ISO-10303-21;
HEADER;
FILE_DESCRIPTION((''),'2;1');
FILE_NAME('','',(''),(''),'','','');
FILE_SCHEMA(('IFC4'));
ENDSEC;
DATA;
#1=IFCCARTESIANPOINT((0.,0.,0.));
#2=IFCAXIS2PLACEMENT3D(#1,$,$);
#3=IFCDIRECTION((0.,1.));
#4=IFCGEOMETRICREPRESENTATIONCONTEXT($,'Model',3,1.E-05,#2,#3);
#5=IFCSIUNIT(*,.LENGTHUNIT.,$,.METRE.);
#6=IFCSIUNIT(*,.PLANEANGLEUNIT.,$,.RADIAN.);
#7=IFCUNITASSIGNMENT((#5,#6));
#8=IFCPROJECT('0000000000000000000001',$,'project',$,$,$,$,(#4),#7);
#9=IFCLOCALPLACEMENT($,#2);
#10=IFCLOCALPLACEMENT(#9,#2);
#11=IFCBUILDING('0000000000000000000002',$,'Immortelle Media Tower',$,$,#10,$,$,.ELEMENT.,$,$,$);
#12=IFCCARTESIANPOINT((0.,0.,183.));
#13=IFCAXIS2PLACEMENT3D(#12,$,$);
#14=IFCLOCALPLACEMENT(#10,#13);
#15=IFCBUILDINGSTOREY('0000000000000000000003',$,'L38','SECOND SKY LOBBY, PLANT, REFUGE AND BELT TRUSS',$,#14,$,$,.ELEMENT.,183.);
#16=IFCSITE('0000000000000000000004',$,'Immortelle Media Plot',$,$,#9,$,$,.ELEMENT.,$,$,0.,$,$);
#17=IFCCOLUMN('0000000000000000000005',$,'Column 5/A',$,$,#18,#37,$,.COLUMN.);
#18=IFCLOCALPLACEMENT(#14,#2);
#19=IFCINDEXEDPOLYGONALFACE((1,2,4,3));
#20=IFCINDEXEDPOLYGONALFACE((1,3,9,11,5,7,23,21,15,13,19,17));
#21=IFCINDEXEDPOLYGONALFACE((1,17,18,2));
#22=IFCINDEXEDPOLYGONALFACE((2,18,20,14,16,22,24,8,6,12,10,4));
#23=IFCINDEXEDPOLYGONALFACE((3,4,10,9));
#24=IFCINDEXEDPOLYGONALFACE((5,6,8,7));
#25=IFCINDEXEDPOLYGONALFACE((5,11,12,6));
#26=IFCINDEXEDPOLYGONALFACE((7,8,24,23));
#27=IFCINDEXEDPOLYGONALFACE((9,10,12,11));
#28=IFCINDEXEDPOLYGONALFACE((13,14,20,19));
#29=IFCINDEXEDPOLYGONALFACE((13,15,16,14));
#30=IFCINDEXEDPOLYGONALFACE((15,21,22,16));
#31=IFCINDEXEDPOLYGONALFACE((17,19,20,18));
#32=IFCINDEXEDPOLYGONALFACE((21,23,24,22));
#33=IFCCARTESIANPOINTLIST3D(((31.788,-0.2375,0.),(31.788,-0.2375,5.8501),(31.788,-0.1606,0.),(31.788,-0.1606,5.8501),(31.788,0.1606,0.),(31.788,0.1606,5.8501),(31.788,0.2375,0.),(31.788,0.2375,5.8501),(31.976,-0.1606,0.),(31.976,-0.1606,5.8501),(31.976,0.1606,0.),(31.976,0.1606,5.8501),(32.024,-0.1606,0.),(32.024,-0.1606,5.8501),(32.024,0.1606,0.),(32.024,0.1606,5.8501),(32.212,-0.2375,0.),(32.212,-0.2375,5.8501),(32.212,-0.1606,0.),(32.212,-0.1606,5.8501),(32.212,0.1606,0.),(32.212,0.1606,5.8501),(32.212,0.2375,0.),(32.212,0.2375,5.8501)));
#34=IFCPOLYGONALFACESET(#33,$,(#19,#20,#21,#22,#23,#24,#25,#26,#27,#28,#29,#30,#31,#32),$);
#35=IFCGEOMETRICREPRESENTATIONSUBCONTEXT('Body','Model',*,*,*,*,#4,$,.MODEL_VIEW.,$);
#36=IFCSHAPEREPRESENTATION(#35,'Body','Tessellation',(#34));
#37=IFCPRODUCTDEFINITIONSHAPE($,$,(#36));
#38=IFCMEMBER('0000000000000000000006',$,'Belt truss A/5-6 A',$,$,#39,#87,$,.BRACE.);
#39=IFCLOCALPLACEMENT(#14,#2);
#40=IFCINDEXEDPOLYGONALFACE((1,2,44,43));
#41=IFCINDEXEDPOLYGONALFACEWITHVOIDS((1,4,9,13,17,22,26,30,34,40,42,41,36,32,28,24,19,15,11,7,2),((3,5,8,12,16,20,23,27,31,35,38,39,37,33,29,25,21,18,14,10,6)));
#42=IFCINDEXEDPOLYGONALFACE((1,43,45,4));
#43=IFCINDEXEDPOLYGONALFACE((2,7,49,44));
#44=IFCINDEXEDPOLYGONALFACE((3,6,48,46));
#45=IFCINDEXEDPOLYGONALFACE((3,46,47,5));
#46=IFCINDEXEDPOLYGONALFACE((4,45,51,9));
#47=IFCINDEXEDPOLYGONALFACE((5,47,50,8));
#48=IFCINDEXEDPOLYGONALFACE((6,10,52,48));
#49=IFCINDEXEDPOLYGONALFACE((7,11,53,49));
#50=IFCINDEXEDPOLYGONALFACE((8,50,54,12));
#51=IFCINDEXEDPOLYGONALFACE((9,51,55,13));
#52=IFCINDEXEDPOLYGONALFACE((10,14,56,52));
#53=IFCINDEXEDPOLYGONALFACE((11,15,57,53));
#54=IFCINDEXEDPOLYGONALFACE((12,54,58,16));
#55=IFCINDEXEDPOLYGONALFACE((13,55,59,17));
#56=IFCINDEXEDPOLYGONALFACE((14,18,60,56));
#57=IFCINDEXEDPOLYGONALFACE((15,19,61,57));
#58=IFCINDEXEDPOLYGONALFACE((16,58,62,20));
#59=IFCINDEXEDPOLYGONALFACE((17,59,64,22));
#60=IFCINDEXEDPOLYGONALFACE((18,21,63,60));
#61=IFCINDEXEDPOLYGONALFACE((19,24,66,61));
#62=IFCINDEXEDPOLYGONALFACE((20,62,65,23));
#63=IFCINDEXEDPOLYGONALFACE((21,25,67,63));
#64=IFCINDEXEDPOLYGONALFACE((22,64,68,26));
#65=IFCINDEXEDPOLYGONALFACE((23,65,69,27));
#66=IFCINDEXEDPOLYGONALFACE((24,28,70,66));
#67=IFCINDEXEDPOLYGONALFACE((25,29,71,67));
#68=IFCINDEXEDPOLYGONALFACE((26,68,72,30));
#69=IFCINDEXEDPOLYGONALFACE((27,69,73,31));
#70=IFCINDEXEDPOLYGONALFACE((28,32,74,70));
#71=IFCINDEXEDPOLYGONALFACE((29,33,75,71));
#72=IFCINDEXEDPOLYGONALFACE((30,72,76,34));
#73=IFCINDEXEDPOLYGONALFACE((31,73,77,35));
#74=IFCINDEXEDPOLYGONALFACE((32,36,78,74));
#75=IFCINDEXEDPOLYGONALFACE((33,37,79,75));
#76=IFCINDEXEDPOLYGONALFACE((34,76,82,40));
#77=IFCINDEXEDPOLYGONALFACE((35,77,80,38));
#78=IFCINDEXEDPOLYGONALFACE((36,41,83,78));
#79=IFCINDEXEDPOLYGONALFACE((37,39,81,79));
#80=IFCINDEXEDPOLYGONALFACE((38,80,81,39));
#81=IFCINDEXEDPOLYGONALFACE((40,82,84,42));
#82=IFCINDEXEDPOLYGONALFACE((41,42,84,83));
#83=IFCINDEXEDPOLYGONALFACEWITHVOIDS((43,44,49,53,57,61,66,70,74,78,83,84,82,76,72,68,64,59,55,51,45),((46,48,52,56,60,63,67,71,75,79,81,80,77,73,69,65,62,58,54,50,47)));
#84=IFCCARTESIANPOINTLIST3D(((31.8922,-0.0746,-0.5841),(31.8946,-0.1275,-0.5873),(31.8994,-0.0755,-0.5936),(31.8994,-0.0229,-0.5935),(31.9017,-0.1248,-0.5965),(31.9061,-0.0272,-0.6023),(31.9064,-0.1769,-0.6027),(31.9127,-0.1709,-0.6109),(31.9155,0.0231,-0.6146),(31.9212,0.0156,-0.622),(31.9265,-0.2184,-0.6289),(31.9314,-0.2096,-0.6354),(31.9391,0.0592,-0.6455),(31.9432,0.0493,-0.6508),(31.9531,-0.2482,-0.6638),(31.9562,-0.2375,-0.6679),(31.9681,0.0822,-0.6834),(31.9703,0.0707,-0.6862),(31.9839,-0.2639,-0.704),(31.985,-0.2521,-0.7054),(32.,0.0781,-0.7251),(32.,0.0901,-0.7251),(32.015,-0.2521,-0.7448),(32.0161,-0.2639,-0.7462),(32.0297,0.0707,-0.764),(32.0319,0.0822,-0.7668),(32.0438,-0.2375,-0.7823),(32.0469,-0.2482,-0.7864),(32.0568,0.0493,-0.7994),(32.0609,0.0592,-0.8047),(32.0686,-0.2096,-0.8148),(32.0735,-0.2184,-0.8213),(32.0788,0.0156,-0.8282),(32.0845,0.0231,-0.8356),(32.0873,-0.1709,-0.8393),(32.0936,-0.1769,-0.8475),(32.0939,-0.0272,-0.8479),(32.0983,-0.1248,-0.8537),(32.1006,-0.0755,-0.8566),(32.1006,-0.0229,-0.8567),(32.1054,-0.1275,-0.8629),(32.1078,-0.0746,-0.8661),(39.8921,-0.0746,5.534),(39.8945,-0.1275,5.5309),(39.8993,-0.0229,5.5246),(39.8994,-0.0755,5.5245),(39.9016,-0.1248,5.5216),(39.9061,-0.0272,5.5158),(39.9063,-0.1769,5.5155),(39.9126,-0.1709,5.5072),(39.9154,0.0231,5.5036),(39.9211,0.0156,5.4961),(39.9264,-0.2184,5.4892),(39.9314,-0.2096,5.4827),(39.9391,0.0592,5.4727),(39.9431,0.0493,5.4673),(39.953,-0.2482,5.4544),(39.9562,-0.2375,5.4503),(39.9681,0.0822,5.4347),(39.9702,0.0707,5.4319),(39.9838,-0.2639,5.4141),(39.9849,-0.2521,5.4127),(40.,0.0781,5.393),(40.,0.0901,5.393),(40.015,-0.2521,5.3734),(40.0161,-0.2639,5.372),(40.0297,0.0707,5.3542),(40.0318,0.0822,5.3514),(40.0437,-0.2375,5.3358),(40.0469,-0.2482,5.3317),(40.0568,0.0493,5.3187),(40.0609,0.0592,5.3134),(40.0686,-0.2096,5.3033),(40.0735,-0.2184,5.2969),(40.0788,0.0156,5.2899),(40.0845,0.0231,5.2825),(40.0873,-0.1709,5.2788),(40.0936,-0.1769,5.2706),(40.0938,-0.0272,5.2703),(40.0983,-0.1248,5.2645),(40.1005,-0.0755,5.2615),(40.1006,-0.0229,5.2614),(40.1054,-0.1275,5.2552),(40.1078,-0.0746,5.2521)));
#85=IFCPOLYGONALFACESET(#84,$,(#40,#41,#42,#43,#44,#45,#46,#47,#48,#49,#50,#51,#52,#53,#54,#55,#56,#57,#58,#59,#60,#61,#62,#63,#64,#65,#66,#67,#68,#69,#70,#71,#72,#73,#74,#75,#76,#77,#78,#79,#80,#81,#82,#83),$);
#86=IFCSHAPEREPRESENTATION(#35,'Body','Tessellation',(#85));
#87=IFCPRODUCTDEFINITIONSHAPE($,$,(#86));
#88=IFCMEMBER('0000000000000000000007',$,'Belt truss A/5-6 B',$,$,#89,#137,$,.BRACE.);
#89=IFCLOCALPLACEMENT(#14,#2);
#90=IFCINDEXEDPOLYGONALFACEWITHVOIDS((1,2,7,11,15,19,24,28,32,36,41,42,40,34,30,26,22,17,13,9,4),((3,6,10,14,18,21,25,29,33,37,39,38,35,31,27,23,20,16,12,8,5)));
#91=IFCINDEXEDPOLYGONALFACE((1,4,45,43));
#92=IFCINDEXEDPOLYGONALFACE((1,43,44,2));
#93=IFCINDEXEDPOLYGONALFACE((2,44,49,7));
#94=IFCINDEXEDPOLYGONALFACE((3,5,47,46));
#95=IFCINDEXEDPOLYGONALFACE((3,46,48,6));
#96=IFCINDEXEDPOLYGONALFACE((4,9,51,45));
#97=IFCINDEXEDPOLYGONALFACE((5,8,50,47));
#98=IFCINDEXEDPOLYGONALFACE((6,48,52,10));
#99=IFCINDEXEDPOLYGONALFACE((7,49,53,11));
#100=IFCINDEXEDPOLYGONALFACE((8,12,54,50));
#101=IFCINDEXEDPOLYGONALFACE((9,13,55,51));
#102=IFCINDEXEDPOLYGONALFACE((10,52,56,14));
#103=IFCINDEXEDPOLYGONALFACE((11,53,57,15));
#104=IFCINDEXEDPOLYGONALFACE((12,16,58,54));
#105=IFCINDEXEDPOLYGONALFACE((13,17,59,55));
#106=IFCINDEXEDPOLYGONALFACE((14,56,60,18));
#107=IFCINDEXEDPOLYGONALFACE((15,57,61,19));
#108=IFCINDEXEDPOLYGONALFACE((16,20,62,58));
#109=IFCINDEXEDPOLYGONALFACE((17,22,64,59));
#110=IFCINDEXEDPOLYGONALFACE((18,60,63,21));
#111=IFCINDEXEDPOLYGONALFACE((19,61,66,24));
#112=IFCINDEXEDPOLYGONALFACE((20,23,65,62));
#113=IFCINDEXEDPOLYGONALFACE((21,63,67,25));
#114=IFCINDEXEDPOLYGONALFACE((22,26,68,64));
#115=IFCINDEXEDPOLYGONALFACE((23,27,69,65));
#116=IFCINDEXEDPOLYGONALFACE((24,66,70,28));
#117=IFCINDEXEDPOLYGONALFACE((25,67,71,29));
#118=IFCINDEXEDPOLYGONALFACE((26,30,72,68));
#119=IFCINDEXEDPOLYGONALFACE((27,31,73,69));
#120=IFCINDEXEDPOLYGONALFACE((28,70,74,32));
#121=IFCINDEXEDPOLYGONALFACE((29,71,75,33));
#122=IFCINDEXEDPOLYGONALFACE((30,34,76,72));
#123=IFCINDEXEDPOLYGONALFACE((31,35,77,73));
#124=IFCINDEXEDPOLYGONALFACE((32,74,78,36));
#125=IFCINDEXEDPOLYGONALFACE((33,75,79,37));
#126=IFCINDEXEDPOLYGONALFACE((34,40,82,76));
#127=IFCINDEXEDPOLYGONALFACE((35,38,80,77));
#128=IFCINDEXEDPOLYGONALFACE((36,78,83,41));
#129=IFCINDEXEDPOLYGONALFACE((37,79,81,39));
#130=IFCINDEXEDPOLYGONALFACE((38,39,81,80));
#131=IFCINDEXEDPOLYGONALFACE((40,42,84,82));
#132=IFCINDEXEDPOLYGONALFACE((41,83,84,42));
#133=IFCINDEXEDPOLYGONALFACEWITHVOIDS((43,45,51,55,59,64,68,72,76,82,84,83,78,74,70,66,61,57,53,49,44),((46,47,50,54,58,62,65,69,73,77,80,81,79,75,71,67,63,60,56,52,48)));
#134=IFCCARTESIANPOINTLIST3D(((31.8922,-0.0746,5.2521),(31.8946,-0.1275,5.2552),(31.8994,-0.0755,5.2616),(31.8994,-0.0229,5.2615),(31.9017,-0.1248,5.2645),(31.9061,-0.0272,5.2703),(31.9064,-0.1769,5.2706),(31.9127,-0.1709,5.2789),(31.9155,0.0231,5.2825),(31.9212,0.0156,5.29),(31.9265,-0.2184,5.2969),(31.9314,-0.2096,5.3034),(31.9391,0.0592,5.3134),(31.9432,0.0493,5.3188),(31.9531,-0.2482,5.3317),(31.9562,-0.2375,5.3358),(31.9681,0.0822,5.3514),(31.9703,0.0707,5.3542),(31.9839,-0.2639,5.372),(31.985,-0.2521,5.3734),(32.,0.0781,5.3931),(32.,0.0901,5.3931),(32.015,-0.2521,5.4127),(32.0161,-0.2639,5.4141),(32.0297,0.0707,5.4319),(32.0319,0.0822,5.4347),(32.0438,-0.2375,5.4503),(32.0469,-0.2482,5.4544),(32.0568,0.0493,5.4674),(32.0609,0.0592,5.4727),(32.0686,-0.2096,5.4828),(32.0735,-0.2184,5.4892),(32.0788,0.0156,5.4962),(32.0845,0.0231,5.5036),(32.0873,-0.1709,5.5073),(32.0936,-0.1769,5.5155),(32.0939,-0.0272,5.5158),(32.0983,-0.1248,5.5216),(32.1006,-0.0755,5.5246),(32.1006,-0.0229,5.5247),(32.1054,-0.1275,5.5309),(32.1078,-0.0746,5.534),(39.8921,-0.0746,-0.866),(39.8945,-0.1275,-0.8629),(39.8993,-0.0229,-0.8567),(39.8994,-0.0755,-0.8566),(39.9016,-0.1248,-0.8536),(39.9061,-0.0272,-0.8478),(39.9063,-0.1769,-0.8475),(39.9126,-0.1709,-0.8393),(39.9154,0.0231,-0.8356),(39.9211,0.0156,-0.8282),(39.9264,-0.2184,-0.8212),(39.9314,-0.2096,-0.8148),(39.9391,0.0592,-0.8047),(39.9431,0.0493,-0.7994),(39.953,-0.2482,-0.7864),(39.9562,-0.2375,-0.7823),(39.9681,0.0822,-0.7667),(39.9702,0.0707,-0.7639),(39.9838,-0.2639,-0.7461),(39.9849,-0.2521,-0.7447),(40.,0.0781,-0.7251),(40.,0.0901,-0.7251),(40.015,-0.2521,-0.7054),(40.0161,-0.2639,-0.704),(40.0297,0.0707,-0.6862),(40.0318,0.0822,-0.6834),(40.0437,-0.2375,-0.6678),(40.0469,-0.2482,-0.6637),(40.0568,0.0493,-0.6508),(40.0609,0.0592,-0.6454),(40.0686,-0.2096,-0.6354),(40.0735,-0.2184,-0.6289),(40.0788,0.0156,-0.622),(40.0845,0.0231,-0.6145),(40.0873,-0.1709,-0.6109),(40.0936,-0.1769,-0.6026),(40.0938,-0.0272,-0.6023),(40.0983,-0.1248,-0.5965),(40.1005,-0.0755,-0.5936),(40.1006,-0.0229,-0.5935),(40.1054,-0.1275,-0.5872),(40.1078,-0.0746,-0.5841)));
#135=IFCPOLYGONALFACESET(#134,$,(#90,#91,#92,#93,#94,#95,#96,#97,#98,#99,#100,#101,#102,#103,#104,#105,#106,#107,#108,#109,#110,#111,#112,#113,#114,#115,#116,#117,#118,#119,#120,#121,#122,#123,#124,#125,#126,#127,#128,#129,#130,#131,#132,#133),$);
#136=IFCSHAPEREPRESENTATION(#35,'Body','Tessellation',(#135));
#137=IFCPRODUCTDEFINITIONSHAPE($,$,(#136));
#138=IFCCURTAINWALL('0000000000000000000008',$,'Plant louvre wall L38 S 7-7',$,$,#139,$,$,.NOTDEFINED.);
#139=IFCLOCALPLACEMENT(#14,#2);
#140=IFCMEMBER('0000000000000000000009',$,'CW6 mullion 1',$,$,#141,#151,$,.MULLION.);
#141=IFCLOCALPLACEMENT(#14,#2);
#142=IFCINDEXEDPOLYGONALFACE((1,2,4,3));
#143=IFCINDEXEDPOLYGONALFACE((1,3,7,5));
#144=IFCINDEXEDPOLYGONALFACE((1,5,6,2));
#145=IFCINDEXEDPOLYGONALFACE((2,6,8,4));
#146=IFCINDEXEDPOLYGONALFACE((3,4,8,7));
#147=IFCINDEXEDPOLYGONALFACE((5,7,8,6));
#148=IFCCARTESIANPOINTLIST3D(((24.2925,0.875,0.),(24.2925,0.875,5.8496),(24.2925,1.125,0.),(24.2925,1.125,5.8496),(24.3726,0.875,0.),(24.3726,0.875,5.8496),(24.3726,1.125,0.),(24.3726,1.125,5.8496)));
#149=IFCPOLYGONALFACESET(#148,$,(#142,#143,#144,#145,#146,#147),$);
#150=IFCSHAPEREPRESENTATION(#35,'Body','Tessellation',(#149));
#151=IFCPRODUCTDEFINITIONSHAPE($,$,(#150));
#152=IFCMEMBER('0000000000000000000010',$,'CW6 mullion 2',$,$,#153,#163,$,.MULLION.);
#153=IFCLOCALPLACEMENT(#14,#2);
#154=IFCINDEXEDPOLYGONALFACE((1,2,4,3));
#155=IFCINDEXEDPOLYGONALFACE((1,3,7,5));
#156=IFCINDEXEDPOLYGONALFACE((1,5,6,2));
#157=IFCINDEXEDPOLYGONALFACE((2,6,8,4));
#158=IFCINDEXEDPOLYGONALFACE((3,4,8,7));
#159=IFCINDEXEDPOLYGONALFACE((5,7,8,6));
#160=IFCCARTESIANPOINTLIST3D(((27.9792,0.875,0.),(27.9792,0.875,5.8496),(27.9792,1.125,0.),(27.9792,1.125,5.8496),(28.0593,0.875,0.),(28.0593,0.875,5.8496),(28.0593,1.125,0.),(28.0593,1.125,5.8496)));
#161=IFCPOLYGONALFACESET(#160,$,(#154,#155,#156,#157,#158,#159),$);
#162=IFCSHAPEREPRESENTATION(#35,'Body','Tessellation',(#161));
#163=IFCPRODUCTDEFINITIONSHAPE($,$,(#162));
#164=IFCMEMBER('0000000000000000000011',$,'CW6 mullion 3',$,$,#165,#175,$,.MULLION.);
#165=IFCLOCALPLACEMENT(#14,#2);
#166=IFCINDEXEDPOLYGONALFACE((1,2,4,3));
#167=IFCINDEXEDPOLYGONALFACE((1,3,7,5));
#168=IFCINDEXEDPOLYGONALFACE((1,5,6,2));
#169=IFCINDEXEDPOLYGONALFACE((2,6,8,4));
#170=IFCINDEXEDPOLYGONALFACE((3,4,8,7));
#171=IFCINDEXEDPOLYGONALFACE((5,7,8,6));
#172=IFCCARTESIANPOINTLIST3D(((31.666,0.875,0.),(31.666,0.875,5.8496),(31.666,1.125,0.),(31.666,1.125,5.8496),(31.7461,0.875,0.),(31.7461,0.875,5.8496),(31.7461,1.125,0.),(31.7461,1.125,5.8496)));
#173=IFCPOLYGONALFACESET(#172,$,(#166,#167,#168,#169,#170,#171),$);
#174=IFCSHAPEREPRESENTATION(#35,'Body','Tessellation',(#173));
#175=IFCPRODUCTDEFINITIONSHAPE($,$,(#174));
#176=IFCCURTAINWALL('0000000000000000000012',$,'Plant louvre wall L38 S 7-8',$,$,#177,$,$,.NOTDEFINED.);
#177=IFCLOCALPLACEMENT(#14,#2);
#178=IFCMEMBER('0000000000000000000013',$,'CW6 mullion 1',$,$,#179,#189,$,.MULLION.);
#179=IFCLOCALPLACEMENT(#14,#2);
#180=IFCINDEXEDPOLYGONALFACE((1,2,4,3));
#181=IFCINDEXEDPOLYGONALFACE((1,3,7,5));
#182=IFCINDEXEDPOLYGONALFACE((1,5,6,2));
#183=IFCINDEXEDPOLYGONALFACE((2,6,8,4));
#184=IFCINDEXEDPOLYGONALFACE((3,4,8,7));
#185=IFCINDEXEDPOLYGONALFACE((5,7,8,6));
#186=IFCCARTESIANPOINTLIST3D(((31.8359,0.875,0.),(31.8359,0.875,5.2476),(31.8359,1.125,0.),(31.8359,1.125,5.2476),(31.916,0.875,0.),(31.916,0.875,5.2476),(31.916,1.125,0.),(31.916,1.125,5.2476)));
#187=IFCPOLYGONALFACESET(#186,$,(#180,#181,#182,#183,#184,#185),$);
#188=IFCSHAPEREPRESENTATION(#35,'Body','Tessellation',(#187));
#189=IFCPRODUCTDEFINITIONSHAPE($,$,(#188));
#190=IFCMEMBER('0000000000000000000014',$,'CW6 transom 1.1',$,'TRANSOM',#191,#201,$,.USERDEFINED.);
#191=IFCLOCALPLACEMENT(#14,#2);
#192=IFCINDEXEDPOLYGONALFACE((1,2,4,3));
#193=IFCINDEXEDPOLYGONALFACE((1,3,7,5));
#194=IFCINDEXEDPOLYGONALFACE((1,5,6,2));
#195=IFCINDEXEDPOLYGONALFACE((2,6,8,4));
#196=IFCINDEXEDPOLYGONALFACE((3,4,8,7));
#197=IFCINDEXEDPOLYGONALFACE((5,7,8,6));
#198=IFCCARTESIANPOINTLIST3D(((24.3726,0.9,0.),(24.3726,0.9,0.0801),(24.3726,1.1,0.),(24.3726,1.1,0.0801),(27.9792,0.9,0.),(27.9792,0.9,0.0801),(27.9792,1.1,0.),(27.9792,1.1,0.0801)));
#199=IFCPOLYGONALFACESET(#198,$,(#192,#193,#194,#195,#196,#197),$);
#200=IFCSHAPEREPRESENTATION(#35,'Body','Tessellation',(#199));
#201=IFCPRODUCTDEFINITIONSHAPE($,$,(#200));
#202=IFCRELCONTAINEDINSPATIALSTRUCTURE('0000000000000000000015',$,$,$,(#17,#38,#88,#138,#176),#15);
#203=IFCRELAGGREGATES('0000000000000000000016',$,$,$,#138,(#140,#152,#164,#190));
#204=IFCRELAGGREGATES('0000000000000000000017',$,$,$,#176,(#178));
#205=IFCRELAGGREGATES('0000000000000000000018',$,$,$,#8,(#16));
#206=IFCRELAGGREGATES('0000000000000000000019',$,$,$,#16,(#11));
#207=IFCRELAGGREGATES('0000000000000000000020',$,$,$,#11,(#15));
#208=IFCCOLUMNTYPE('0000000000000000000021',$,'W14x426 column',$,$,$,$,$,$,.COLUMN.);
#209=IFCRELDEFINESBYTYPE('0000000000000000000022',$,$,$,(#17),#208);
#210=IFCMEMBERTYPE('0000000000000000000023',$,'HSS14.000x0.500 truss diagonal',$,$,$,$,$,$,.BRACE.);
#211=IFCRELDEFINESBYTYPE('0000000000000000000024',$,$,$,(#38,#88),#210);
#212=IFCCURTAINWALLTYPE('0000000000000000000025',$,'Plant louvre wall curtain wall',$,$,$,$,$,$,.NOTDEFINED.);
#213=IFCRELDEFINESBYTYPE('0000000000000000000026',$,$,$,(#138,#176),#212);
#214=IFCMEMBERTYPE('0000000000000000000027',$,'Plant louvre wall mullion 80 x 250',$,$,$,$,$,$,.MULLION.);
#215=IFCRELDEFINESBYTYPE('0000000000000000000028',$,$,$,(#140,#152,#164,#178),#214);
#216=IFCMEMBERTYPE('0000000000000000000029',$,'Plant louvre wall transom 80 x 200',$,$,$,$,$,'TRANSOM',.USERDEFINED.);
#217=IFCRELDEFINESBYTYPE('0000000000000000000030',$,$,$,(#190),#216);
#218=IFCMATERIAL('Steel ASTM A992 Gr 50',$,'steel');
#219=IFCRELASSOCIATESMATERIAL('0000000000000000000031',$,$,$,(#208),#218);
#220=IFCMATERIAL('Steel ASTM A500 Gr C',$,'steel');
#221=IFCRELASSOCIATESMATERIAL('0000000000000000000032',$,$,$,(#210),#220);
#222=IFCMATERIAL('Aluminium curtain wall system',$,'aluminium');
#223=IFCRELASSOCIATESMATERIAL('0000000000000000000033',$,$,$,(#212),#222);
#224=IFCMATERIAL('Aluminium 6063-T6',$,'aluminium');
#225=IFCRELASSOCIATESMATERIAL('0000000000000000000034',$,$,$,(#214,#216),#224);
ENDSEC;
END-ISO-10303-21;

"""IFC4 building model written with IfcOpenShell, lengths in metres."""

from ifc_helpers import new_model, si_unit, direction, frame, origin, origin_2d, place, context, subcontext, project, spatial, rectangle, hollow_circle, i_section, extrude, material, material_profile, profile_set, type_object, element, aggregate, save


model = new_model("IFC4")

# Units and contexts
model_context = context("Model", 3, precision=1e-05, world=origin(), true_north=direction((0.0, 1.0)))
body_context = subcontext(model_context, "Body", "Model", "MODEL_VIEW")
ifc_project = project(units=[si_unit("LENGTHUNIT", "METRE"), si_unit("PLANEANGLEUNIT", "RADIAN")], contexts=[model_context])

# Site, building, storey
site_placement = place(None, origin())
site = spatial("IfcSite", under=ifc_project, at=site_placement, Name="Immortelle Media Plot", CompositionType="ELEMENT", RefElevation=0.0)
building_placement = place(site_placement, origin())
building = spatial("IfcBuilding", under=site, at=building_placement, Name="Immortelle Media Tower", CompositionType="ELEMENT")
storey_placement = place(building_placement, frame((0.0, 0.0, 183.0)))
storey = spatial("IfcBuildingStorey", under=building, at=storey_placement, Name="L38", Description="SECOND SKY LOBBY, PLANT, REFUGE AND BELT TRUSS", CompositionType="ELEMENT", Elevation=183.0)

# Column
ifc_material_1 = material(Name="Steel ASTM A992 Gr 50", Category="steel")
ifc_material_profile_1 = material_profile(ifc_material_1, i_section(OverallWidth=0.4241, OverallDepth=0.4751, WebThickness=0.0481, FlangeThickness=0.0769, at=origin_2d()), Name="W14x426")
ifc_profile_set_1 = profile_set([ifc_material_profile_1], Name="Steel ASTM A992 Gr 50")
column_type = type_object("IfcColumnType", Name="W14x426 column", PredefinedType="COLUMN", material=ifc_profile_set_1)
column_placement = place(storey_placement, frame((32.0, 0.0, 0.0), z_axis=(0.0, 0.0, 1.0), x_axis=(1.0, 0.0, 0.0)))
element("IfcColumn", 1, at=column_placement, inside=storey, type_object=column_type, Name="Column 5/A", PredefinedType="COLUMN", context=body_context, shape_type="SweptSolid", body=[
    extrude(i_section(OverallWidth=0.4241, OverallDepth=0.4751, WebThickness=0.0481, FlangeThickness=0.0769, at=origin_2d()), origin(), (0.0, 0.0, 1.0), 5.8501),
])

# Members
ifc_material_2 = material(Name="Steel ASTM A500 Gr C", Category="steel")
ifc_material_profile_2 = material_profile(ifc_material_2, hollow_circle(Radius=0.178, WallThickness=0.012, at=origin_2d()), Name="HSS14.000x0.500 truss diagonal")
ifc_profile_set_2 = profile_set([ifc_material_profile_2], Name="Steel ASTM A500 Gr C")
member_type_1 = type_object("IfcMemberType", Name="HSS14.000x0.500 truss diagonal", PredefinedType="BRACE", material=ifc_profile_set_2)
for number, where, z_axis, x_axis, name in (
    (2, (32.0, -0.0879, -0.7251), (0.794333, 0.0, 0.607482), (0.0, 1.0, 0.0), "Belt truss A/5-6 A"),
    (3, (32.0, -0.0879, 5.3931), (0.794333, 0.0, -0.607482), (0.0, 1.0, 0.0), "Belt truss A/5-6 B"),
):
    element("IfcMember", number, at=place(storey_placement, frame(where, z_axis=z_axis, x_axis=x_axis)), inside=storey, type_object=member_type_1, Name=name, PredefinedType="BRACE", context=body_context, shape_type="SweptSolid", body=[
        extrude(hollow_circle(Radius=0.178, WallThickness=0.012, at=origin_2d()), origin(), (0.0, 0.0, 1.0), 10.0713),
    ])

# Curtain wall, members
ifc_material_3 = material(Name="Aluminium curtain wall system", Category="aluminium")
curtain_wall_type = type_object("IfcCurtainWallType", Name="Plant louvre wall curtain wall", PredefinedType="NOTDEFINED", material=ifc_material_3)
curtain_wall_1_placement = place(storey_placement, origin())
curtain_wall_1 = element("IfcCurtainWall", 4, at=curtain_wall_1_placement, inside=storey, type_object=curtain_wall_type, Name="Plant louvre wall L38 S 7-7", PredefinedType="NOTDEFINED")
ifc_material_4 = material(Name="Aluminium 6063-T6", Category="aluminium")
ifc_material_profile_3 = material_profile(ifc_material_4, rectangle(XDim=0.25, YDim=0.0801, at=origin_2d()), Name="AL 80x250")
ifc_profile_set_3 = profile_set([ifc_material_profile_3], Name="Aluminium 6063-T6")
member_type_2 = type_object("IfcMemberType", Name="Plant louvre wall mullion 80 x 250", PredefinedType="MULLION", material=ifc_profile_set_3)
member_1_placement = place(storey_placement, frame((24.3325, 1.0, 0.0), z_axis=(0.0, 0.0, 1.0), x_axis=(0.0, 1.0, 0.0)))
member_1 = element("IfcMember", 5, at=member_1_placement, type_object=member_type_2, Name="CW6 mullion 1", PredefinedType="MULLION", context=body_context, shape_type="SweptSolid", body=[
    extrude(rectangle(XDim=0.25, YDim=0.0801, at=origin_2d()), origin(), (0.0, 0.0, 1.0), 5.8496),
])
member_2_placement = place(storey_placement, frame((28.0193, 1.0, 0.0), z_axis=(0.0, 0.0, 1.0), x_axis=(0.0, 1.0, 0.0)))
member_2 = element("IfcMember", 6, at=member_2_placement, type_object=member_type_2, Name="CW6 mullion 2", PredefinedType="MULLION", context=body_context, shape_type="SweptSolid", body=[
    extrude(rectangle(XDim=0.25, YDim=0.0801, at=origin_2d()), origin(), (0.0, 0.0, 1.0), 5.8496),
])
member_3_placement = place(storey_placement, frame((31.7061, 1.0, 0.0), z_axis=(0.0, 0.0, 1.0), x_axis=(0.0, 1.0, 0.0)))
member_3 = element("IfcMember", 7, at=member_3_placement, type_object=member_type_2, Name="CW6 mullion 3", PredefinedType="MULLION", context=body_context, shape_type="SweptSolid", body=[
    extrude(rectangle(XDim=0.25, YDim=0.0801, at=origin_2d()), origin(), (0.0, 0.0, 1.0), 5.8496),
])

# Curtain wall, member
curtain_wall_2_placement = place(storey_placement, origin())
curtain_wall_2 = element("IfcCurtainWall", 8, at=curtain_wall_2_placement, inside=storey, type_object=curtain_wall_type, Name="Plant louvre wall L38 S 7-8", PredefinedType="NOTDEFINED")
member_4_placement = place(storey_placement, frame((31.876, 1.0, 0.0), z_axis=(0.0, 0.0, 1.0), x_axis=(0.0, 1.0, 0.0)))
member_4 = element("IfcMember", 9, at=member_4_placement, type_object=member_type_2, Name="CW6 mullion 1", PredefinedType="MULLION", context=body_context, shape_type="SweptSolid", body=[
    extrude(rectangle(XDim=0.25, YDim=0.0801, at=origin_2d()), origin(), (0.0, 0.0, 1.0), 5.2476),
])

# Member
ifc_material_profile_4 = material_profile(ifc_material_4, rectangle(XDim=0.2, YDim=0.0801, at=origin_2d()), Name="AL 80x200")
ifc_profile_set_4 = profile_set([ifc_material_profile_4], Name="Aluminium 6063-T6")
member_type_3 = type_object("IfcMemberType", Name="Plant louvre wall transom 80 x 200", ElementType="TRANSOM", PredefinedType="USERDEFINED", material=ifc_profile_set_4)
member_5_placement = place(storey_placement, frame((24.3726, 1.0, 0.04), z_axis=(1.0, 0.0, 0.0), x_axis=(0.0, 1.0, 0.0)))
member_5 = element("IfcMember", 10, at=member_5_placement, type_object=member_type_3, Name="CW6 transom 1.1", ObjectType="TRANSOM", PredefinedType="USERDEFINED", context=body_context, shape_type="SweptSolid", body=[
    extrude(rectangle(XDim=0.2, YDim=0.0801, at=origin_2d()), origin(), (0.0, 0.0, 1.0), 3.6067),
])

aggregate(curtain_wall_1, [member_1, member_2, member_3, member_5])
aggregate(curtain_wall_2, [member_4])

save(model, "model.ifc")
